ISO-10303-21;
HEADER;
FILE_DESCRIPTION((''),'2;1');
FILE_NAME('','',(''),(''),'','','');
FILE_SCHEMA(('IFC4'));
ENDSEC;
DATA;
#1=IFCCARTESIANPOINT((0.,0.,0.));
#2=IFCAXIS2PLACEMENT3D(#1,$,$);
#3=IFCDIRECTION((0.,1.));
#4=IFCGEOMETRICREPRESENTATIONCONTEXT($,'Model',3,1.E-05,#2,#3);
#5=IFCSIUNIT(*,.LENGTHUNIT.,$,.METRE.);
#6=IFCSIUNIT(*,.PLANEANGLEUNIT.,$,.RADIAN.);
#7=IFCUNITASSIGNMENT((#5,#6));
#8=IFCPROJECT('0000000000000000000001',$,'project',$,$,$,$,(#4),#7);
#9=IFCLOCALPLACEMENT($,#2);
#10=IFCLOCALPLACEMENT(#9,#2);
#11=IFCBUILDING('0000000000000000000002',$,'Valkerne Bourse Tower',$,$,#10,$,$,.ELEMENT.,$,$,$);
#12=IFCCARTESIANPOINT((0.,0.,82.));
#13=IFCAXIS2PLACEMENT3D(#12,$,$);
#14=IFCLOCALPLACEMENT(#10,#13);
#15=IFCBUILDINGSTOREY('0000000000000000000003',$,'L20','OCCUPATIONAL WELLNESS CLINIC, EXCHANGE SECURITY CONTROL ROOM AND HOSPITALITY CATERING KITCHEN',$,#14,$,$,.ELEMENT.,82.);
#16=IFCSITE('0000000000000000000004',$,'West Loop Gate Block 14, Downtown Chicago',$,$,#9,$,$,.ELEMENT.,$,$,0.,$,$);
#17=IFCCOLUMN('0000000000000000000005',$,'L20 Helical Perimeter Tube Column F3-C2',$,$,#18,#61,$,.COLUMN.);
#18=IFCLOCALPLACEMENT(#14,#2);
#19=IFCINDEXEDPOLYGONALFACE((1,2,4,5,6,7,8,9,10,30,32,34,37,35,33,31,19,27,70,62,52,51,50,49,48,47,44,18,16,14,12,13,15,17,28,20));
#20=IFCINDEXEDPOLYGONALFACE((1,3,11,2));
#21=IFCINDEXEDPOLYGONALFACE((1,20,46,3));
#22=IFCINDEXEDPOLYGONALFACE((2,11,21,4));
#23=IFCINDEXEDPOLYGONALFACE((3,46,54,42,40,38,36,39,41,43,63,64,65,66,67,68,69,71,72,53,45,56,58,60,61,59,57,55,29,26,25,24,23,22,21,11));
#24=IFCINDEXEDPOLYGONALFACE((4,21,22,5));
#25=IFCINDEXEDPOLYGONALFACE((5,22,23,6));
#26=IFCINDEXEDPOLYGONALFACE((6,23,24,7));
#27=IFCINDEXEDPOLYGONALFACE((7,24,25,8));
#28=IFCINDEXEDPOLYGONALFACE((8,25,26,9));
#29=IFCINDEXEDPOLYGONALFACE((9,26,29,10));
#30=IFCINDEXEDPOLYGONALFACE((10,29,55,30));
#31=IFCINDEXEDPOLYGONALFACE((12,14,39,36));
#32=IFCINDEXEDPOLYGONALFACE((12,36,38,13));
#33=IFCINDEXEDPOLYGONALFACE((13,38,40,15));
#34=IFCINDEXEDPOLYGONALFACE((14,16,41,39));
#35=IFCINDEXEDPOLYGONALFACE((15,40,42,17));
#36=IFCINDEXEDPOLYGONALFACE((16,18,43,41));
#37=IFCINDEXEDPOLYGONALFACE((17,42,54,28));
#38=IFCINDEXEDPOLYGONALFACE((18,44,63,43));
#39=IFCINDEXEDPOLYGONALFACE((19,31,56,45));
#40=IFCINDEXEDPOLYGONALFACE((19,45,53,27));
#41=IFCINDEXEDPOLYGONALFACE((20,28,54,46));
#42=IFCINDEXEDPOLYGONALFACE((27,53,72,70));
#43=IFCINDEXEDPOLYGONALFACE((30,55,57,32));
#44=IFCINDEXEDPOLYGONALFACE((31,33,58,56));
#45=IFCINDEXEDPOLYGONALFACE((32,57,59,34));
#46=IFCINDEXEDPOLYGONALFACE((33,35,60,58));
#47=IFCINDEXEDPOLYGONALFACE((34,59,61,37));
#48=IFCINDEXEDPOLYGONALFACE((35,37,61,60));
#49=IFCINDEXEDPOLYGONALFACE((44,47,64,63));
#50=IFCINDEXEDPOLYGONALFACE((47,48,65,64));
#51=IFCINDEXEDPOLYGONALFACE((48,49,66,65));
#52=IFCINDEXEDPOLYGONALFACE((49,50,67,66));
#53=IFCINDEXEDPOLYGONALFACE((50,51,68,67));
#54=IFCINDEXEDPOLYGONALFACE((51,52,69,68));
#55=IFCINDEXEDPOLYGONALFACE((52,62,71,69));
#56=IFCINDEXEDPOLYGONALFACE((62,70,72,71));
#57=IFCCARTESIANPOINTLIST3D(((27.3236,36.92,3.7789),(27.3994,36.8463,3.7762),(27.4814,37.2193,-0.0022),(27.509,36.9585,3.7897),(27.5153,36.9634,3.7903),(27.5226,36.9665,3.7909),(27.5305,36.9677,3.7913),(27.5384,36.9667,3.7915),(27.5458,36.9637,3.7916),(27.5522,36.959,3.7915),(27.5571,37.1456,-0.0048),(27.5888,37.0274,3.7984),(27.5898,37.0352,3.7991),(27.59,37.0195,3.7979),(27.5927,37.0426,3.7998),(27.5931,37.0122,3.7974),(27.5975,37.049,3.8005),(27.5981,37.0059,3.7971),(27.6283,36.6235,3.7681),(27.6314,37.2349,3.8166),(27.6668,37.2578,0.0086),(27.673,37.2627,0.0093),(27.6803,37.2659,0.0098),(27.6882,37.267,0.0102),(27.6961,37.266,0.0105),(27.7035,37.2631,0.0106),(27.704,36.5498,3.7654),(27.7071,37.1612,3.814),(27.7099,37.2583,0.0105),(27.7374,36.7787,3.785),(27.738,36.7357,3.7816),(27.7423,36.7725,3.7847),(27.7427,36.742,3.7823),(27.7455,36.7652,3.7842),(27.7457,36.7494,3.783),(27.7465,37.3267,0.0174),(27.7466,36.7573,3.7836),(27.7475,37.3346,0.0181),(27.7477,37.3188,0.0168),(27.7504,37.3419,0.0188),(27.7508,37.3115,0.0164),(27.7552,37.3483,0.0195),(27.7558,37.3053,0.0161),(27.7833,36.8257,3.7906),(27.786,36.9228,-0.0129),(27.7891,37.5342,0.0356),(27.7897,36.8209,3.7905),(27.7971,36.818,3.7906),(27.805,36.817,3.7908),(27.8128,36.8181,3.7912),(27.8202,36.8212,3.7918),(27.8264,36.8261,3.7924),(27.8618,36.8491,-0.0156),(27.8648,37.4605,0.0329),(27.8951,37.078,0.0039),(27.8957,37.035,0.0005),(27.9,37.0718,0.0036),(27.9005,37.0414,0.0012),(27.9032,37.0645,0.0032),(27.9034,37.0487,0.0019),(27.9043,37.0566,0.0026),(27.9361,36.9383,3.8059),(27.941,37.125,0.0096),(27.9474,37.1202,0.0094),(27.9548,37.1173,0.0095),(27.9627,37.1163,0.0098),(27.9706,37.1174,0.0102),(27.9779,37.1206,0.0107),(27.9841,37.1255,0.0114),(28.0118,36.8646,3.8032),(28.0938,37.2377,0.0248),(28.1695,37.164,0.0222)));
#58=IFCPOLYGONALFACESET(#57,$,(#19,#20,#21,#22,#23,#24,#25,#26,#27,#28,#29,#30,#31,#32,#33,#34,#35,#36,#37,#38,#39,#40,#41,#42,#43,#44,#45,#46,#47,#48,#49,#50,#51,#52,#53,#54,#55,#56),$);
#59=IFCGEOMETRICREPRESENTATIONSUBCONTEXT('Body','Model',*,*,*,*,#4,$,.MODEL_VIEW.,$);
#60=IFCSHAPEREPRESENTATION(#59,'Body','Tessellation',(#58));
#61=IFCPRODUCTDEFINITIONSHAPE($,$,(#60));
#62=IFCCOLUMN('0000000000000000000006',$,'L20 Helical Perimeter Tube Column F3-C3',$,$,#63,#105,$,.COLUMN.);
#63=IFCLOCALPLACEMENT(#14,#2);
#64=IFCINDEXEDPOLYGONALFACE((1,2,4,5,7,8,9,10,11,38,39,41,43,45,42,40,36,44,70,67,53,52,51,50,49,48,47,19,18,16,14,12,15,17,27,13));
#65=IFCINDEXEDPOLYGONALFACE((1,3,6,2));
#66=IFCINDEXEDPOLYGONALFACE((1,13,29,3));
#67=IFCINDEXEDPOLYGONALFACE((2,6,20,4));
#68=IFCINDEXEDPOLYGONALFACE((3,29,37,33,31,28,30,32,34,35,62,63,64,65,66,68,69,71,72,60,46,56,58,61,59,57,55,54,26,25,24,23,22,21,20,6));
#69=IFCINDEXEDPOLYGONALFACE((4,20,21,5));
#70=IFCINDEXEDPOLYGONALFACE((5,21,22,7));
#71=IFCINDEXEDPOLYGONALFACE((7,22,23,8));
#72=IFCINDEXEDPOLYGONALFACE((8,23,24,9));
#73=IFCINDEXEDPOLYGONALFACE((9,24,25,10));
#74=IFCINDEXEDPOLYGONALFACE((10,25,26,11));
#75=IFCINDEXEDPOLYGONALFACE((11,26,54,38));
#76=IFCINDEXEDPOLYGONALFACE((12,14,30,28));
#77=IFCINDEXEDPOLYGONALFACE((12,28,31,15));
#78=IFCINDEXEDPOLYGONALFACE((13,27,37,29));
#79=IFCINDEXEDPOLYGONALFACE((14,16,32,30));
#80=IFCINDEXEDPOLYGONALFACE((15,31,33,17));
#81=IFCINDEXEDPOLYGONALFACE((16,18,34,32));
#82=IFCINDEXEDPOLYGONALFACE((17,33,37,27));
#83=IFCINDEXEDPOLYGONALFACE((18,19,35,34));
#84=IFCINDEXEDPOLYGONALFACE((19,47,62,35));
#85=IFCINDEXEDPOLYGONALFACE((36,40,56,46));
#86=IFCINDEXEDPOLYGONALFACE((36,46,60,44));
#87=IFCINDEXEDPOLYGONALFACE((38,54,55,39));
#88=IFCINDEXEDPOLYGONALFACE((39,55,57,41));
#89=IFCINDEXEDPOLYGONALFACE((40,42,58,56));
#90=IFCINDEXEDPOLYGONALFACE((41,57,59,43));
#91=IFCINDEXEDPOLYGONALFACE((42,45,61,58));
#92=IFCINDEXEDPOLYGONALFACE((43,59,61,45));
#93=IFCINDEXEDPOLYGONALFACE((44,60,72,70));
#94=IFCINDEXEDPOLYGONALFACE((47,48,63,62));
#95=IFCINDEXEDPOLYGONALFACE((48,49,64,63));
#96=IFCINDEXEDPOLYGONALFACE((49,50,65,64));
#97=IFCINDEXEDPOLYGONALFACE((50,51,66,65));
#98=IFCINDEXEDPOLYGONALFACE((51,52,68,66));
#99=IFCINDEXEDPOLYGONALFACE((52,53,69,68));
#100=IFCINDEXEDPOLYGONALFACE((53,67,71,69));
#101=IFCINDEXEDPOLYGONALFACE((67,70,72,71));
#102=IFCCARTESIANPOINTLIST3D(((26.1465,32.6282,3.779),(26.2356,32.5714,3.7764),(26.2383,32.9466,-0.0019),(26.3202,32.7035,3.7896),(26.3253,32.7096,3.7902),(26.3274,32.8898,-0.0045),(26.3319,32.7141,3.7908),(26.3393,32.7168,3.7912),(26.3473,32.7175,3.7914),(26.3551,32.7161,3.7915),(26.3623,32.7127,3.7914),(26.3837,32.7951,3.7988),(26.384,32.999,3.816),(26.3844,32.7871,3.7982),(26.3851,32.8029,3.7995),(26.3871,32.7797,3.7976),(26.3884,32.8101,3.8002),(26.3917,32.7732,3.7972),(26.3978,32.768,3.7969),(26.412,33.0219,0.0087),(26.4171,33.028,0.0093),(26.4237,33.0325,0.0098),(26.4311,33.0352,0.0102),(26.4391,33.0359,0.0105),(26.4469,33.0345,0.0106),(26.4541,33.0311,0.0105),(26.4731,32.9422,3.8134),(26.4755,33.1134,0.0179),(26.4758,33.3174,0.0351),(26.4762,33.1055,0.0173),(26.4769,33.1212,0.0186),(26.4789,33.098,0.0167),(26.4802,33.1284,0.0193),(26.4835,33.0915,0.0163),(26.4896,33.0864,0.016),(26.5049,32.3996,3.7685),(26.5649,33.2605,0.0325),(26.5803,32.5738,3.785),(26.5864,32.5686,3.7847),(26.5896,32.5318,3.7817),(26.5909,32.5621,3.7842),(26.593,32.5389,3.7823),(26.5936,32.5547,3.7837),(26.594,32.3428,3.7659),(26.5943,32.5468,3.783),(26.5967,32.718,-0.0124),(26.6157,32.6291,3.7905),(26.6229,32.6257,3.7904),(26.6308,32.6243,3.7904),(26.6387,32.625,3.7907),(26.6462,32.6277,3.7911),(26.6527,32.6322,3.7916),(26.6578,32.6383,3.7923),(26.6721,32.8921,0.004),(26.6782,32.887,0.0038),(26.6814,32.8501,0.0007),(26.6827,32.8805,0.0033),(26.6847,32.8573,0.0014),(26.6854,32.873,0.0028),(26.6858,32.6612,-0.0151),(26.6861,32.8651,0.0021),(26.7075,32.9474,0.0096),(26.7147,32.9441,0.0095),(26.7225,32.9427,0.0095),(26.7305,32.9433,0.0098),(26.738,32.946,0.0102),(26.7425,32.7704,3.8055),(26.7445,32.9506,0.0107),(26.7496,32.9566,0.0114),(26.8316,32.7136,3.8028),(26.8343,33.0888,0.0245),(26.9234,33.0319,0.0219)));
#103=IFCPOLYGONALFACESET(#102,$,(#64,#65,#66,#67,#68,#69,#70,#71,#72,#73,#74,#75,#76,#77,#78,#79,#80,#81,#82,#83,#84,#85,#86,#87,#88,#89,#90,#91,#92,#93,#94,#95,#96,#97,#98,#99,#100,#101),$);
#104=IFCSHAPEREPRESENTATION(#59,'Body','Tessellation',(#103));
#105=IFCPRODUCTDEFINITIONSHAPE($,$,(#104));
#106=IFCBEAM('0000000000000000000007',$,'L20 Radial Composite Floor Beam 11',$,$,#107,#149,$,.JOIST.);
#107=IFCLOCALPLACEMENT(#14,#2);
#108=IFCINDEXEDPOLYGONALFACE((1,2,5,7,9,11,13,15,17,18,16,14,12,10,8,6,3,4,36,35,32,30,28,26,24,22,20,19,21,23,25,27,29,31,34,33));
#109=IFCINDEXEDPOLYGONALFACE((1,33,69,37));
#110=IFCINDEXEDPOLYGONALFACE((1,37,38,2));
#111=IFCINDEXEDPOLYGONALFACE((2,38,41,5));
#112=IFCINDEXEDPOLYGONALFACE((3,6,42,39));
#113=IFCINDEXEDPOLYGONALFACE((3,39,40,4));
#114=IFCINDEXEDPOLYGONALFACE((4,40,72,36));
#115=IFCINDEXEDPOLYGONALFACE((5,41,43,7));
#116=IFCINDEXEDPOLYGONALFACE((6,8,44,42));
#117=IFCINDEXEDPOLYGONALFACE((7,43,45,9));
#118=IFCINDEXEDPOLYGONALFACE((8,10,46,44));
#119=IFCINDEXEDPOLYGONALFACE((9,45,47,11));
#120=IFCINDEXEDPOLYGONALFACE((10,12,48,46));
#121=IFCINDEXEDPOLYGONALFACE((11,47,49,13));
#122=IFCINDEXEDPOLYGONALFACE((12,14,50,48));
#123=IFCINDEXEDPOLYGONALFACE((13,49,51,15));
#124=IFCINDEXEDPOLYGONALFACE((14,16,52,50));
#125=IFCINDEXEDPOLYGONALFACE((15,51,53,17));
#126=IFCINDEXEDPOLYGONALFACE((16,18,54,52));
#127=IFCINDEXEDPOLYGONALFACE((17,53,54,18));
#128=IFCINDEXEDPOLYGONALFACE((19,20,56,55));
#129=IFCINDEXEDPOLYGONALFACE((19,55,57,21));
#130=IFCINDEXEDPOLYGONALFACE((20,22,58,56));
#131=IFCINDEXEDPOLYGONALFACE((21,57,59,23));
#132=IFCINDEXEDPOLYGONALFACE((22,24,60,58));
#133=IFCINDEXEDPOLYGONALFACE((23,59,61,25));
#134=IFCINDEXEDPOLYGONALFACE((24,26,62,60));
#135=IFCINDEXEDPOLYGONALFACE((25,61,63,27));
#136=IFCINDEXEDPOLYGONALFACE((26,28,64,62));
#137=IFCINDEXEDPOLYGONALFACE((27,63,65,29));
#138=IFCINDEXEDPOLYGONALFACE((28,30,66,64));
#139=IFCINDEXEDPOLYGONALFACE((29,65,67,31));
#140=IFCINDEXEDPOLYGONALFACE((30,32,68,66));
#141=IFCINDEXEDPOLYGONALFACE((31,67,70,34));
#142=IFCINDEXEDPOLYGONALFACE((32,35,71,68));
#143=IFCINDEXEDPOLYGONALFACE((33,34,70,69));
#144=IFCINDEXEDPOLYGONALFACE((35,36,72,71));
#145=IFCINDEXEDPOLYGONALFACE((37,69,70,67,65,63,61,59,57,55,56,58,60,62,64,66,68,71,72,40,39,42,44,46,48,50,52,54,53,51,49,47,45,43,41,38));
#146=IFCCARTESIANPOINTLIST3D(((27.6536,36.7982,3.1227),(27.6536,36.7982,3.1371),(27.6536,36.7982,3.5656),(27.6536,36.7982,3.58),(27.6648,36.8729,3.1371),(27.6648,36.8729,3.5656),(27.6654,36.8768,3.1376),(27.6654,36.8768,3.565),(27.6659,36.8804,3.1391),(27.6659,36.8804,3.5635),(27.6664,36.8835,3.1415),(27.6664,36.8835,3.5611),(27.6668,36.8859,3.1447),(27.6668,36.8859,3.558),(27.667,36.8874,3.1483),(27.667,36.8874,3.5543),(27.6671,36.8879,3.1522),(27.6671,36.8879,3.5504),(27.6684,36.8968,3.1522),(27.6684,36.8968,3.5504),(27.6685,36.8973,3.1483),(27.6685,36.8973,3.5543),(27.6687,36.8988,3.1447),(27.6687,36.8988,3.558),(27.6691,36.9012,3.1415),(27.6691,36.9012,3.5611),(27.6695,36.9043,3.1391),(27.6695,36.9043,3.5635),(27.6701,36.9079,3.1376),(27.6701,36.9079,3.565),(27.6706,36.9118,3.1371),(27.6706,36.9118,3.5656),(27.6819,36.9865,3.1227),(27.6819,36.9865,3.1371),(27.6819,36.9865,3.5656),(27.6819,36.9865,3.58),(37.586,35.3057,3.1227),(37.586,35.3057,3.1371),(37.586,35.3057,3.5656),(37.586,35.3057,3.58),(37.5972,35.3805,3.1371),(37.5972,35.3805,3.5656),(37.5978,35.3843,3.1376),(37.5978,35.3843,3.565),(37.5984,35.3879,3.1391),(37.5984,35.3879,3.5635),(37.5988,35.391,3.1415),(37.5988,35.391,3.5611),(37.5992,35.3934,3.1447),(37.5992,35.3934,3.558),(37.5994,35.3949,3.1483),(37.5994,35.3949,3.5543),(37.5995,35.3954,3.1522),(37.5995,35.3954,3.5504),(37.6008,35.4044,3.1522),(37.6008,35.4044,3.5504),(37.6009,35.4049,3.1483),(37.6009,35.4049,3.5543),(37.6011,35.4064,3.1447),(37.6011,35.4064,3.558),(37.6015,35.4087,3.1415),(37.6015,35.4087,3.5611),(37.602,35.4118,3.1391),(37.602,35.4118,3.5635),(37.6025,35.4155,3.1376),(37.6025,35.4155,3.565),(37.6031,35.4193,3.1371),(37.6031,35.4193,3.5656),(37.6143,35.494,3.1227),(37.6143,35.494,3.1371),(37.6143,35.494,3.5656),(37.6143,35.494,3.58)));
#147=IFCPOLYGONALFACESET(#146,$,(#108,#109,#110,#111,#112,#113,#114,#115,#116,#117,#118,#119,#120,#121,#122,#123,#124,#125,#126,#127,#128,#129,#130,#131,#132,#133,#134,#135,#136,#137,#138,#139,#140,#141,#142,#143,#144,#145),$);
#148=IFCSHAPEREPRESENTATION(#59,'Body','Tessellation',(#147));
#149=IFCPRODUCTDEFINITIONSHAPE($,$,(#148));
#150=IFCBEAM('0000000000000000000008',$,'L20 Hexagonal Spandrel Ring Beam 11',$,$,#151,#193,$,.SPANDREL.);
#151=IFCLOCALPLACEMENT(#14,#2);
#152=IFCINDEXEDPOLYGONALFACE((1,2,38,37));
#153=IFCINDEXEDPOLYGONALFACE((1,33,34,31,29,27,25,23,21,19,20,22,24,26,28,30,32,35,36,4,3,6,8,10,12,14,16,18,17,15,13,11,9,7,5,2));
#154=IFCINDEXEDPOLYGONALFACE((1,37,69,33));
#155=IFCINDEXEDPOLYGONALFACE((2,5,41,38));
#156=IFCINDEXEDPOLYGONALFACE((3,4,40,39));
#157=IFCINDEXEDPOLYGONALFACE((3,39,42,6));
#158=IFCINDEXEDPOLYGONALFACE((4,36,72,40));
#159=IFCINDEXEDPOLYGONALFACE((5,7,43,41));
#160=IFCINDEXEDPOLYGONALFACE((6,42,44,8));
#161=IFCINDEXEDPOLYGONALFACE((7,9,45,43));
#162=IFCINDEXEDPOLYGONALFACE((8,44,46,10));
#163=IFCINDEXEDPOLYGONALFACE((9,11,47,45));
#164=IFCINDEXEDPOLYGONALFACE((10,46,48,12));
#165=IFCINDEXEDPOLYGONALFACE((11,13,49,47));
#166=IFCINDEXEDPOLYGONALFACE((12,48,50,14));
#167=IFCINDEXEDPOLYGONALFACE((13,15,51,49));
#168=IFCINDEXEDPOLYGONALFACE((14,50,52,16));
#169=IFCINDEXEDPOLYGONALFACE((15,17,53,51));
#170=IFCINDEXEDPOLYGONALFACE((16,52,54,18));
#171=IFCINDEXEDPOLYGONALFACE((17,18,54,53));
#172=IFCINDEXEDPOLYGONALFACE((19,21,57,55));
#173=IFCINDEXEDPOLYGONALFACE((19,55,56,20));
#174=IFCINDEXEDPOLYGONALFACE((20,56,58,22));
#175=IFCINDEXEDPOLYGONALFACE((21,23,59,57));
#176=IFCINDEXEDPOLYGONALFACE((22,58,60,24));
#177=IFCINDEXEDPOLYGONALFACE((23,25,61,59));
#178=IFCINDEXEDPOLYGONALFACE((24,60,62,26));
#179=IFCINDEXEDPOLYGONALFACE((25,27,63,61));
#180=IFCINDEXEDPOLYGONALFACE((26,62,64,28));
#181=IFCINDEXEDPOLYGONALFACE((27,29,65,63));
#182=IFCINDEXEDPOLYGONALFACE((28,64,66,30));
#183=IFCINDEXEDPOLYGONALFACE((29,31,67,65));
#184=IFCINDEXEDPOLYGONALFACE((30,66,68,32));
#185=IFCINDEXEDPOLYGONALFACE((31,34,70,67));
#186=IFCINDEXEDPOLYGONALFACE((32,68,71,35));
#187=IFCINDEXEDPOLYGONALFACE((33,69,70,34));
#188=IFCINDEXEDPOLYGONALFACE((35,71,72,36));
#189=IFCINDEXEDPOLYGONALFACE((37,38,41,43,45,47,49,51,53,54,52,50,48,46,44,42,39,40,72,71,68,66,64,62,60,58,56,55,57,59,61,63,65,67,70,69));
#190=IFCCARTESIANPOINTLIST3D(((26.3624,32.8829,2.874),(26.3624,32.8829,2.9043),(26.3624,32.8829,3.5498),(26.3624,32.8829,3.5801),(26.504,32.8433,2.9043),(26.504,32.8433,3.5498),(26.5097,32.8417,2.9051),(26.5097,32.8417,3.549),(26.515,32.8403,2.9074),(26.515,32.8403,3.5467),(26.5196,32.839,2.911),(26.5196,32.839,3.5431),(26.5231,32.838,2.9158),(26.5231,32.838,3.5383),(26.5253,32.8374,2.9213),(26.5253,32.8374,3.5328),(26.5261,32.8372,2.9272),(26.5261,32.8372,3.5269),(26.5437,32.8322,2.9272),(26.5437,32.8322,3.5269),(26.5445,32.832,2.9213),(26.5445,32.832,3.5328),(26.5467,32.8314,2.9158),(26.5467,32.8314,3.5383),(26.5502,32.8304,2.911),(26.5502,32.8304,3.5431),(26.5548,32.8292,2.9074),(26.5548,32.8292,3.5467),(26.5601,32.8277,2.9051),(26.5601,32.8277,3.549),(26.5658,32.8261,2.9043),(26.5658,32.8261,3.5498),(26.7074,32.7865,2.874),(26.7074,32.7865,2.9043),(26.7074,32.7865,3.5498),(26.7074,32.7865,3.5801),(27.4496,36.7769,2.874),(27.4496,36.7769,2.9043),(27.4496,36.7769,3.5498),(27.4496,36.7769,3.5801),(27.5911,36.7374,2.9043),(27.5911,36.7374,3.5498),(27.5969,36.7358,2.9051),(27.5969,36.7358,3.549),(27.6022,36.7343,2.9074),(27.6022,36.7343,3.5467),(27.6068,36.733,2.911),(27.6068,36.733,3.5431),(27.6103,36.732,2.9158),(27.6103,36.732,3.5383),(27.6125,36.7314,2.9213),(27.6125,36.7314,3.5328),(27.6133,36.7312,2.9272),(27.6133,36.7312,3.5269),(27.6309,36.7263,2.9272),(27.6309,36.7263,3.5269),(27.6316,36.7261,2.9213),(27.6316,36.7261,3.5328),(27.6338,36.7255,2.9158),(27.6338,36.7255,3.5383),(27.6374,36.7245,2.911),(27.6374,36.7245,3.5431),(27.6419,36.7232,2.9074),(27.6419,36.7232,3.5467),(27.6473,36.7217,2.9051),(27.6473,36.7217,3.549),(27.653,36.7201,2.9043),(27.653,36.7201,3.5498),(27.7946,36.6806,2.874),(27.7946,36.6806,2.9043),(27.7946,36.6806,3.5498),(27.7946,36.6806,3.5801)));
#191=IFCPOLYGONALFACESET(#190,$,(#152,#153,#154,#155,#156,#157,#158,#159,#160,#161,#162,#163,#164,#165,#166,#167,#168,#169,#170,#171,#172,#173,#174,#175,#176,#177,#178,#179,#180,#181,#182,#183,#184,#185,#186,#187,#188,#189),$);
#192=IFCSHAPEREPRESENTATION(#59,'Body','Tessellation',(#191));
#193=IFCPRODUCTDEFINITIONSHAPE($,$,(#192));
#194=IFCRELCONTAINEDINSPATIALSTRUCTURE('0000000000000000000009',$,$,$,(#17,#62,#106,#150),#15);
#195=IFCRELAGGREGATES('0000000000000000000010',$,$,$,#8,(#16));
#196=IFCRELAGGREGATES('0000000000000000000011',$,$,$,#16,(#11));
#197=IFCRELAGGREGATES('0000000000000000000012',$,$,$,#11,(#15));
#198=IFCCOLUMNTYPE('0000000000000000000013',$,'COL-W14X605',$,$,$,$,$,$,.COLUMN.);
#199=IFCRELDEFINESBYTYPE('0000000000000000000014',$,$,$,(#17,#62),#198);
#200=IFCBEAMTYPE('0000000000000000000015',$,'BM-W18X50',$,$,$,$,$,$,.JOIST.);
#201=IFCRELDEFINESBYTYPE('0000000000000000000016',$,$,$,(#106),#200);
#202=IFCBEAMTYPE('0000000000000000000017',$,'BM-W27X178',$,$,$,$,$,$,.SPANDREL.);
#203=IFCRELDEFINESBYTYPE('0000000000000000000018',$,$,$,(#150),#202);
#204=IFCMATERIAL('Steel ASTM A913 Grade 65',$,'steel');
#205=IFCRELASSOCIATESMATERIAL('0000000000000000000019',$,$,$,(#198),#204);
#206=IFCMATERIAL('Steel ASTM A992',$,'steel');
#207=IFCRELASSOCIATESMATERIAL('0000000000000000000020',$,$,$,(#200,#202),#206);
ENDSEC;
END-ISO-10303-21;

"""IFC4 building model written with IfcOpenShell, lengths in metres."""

from ifc_helpers import new_model, si_unit, direction, frame, origin, origin_2d, place, context, subcontext, project, spatial, i_section, extrude, material, material_profile, profile_set, type_object, element, save


model = new_model("IFC4")

# Units and contexts
model_context = context("Model", 3, precision=1e-05, world=origin(), true_north=direction((0.0, 1.0)))
body_context = subcontext(model_context, "Body", "Model", "MODEL_VIEW")
ifc_project = project(units=[si_unit("LENGTHUNIT", "METRE"), si_unit("PLANEANGLEUNIT", "RADIAN")], contexts=[model_context])

# Site, building, storey
site_placement = place(None, origin())
site = spatial("IfcSite", under=ifc_project, at=site_placement, Name="West Loop Gate Block 14, Downtown Chicago", CompositionType="ELEMENT", RefElevation=0.0)
building_placement = place(site_placement, origin())
building = spatial("IfcBuilding", under=site, at=building_placement, Name="Valkerne Bourse Tower", CompositionType="ELEMENT")
storey_placement = place(building_placement, frame((0.0, 0.0, 82.0)))
storey = spatial("IfcBuildingStorey", under=building, at=storey_placement, Name="L20", Description="OCCUPATIONAL WELLNESS CLINIC, EXCHANGE SECURITY CONTROL ROOM AND HOSPITALITY CATERING KITCHEN", CompositionType="ELEMENT", Elevation=82.0)

# Columns
ifc_material_1 = material(Name="Steel ASTM A913 Grade 65", Category="steel")
ifc_material_profile_1 = material_profile(ifc_material_1, i_section(OverallWidth=0.4419, OverallDepth=0.531, WebThickness=0.0659, FlangeThickness=0.1057, FilletRadius=0.0305, at=origin_2d()), Name="W14X605")
ifc_profile_set_1 = profile_set([ifc_material_profile_1], Name="Steel ASTM A913 Grade 65")
column_type = type_object("IfcColumnType", Name="COL-W14X605", PredefinedType="COLUMN", material=ifc_profile_set_1)
column_1_placement = place(storey_placement, frame((27.8254, 37.1917, 0.01), z_axis=(-0.041546, -0.078848, 0.996021), x_axis=(-0.696455, -0.712494, -0.085454)))
element("IfcColumn", 1, at=column_1_placement, inside=storey, type_object=column_type, Name="L20 Helical Perimeter Tube Column F3-C2", PredefinedType="COLUMN", context=body_context, shape_type="SweptSolid", body=[
    extrude(i_section(OverallWidth=0.4419, OverallDepth=0.531, WebThickness=0.0659, FlangeThickness=0.1057, FilletRadius=0.0305, at=origin_2d()), origin(), (0.0, 0.0, 1.0), 3.7961),
])
column_2_placement = place(storey_placement, frame((26.5808, 32.9893, 0.01), z_axis=(-0.024186, -0.083878, 0.996182), x_axis=(-0.53753, -0.83908, -0.083701)))
element("IfcColumn", 2, at=column_2_placement, inside=storey, type_object=column_type, Name="L20 Helical Perimeter Tube Column F3-C3", PredefinedType="COLUMN", context=body_context, shape_type="SweptSolid", body=[
    extrude(i_section(OverallWidth=0.4419, OverallDepth=0.531, WebThickness=0.0659, FlangeThickness=0.1057, FilletRadius=0.0305, at=origin_2d()), origin(), (0.0, 0.0, 1.0), 3.7954),
])

# Beams
ifc_material_2 = material(Name="Steel ASTM A992", Category="steel")
ifc_material_profile_2 = material_profile(ifc_material_2, i_section(OverallWidth=0.1904, OverallDepth=0.4573, WebThickness=0.009, FlangeThickness=0.0144, FilletRadius=0.0151, at=origin_2d()), Name="W18X50")
ifc_profile_set_2 = profile_set([ifc_material_profile_2], Name="Steel ASTM A992")
beam_type_1 = type_object("IfcBeamType", Name="BM-W18X50", PredefinedType="JOIST", material=ifc_profile_set_2)
beam_1_placement = place(storey_placement, frame((27.6677, 36.8923, 3.3513), z_axis=(0.988899, -0.148591, 0.0), x_axis=(0.148591, 0.988899, 0.0)))
element("IfcBeam", 3, at=beam_1_placement, inside=storey, type_object=beam_type_1, Name="L20 Radial Composite Floor Beam 11", PredefinedType="JOIST", context=body_context, shape_type="SweptSolid", body=[
    extrude(i_section(OverallWidth=0.1904, OverallDepth=0.4573, WebThickness=0.009, FlangeThickness=0.0144, FilletRadius=0.0151, at=origin_2d()), origin(), (0.0, 0.0, 1.0), 10.0439),
])
ifc_material_profile_3 = material_profile(ifc_material_2, i_section(OverallWidth=0.3582, OverallDepth=0.7061, WebThickness=0.0183, FlangeThickness=0.0303, FilletRadius=0.0229, at=origin_2d()), Name="W27X178")
ifc_profile_set_3 = profile_set([ifc_material_profile_3], Name="Steel ASTM A992")
beam_type_2 = type_object("IfcBeamType", Name="BM-W27X178", PredefinedType="SPANDREL", material=ifc_profile_set_3)
beam_2_placement = place(storey_placement, frame((27.6221, 36.7288, 3.2271), z_axis=(-0.268902, -0.963168, 0.0), x_axis=(0.963168, -0.268902, 0.0)))
element("IfcBeam", 4, at=beam_2_placement, inside=storey, type_object=beam_type_2, Name="L20 Hexagonal Spandrel Ring Beam 11", PredefinedType="SPANDREL", context=body_context, shape_type="SweptSolid", body=[
    extrude(i_section(OverallWidth=0.3582, OverallDepth=0.7061, WebThickness=0.0183, FlangeThickness=0.0303, FilletRadius=0.0229, at=origin_2d()), origin(), (0.0, 0.0, 1.0), 4.043),
])

save(model, "model.ifc")
